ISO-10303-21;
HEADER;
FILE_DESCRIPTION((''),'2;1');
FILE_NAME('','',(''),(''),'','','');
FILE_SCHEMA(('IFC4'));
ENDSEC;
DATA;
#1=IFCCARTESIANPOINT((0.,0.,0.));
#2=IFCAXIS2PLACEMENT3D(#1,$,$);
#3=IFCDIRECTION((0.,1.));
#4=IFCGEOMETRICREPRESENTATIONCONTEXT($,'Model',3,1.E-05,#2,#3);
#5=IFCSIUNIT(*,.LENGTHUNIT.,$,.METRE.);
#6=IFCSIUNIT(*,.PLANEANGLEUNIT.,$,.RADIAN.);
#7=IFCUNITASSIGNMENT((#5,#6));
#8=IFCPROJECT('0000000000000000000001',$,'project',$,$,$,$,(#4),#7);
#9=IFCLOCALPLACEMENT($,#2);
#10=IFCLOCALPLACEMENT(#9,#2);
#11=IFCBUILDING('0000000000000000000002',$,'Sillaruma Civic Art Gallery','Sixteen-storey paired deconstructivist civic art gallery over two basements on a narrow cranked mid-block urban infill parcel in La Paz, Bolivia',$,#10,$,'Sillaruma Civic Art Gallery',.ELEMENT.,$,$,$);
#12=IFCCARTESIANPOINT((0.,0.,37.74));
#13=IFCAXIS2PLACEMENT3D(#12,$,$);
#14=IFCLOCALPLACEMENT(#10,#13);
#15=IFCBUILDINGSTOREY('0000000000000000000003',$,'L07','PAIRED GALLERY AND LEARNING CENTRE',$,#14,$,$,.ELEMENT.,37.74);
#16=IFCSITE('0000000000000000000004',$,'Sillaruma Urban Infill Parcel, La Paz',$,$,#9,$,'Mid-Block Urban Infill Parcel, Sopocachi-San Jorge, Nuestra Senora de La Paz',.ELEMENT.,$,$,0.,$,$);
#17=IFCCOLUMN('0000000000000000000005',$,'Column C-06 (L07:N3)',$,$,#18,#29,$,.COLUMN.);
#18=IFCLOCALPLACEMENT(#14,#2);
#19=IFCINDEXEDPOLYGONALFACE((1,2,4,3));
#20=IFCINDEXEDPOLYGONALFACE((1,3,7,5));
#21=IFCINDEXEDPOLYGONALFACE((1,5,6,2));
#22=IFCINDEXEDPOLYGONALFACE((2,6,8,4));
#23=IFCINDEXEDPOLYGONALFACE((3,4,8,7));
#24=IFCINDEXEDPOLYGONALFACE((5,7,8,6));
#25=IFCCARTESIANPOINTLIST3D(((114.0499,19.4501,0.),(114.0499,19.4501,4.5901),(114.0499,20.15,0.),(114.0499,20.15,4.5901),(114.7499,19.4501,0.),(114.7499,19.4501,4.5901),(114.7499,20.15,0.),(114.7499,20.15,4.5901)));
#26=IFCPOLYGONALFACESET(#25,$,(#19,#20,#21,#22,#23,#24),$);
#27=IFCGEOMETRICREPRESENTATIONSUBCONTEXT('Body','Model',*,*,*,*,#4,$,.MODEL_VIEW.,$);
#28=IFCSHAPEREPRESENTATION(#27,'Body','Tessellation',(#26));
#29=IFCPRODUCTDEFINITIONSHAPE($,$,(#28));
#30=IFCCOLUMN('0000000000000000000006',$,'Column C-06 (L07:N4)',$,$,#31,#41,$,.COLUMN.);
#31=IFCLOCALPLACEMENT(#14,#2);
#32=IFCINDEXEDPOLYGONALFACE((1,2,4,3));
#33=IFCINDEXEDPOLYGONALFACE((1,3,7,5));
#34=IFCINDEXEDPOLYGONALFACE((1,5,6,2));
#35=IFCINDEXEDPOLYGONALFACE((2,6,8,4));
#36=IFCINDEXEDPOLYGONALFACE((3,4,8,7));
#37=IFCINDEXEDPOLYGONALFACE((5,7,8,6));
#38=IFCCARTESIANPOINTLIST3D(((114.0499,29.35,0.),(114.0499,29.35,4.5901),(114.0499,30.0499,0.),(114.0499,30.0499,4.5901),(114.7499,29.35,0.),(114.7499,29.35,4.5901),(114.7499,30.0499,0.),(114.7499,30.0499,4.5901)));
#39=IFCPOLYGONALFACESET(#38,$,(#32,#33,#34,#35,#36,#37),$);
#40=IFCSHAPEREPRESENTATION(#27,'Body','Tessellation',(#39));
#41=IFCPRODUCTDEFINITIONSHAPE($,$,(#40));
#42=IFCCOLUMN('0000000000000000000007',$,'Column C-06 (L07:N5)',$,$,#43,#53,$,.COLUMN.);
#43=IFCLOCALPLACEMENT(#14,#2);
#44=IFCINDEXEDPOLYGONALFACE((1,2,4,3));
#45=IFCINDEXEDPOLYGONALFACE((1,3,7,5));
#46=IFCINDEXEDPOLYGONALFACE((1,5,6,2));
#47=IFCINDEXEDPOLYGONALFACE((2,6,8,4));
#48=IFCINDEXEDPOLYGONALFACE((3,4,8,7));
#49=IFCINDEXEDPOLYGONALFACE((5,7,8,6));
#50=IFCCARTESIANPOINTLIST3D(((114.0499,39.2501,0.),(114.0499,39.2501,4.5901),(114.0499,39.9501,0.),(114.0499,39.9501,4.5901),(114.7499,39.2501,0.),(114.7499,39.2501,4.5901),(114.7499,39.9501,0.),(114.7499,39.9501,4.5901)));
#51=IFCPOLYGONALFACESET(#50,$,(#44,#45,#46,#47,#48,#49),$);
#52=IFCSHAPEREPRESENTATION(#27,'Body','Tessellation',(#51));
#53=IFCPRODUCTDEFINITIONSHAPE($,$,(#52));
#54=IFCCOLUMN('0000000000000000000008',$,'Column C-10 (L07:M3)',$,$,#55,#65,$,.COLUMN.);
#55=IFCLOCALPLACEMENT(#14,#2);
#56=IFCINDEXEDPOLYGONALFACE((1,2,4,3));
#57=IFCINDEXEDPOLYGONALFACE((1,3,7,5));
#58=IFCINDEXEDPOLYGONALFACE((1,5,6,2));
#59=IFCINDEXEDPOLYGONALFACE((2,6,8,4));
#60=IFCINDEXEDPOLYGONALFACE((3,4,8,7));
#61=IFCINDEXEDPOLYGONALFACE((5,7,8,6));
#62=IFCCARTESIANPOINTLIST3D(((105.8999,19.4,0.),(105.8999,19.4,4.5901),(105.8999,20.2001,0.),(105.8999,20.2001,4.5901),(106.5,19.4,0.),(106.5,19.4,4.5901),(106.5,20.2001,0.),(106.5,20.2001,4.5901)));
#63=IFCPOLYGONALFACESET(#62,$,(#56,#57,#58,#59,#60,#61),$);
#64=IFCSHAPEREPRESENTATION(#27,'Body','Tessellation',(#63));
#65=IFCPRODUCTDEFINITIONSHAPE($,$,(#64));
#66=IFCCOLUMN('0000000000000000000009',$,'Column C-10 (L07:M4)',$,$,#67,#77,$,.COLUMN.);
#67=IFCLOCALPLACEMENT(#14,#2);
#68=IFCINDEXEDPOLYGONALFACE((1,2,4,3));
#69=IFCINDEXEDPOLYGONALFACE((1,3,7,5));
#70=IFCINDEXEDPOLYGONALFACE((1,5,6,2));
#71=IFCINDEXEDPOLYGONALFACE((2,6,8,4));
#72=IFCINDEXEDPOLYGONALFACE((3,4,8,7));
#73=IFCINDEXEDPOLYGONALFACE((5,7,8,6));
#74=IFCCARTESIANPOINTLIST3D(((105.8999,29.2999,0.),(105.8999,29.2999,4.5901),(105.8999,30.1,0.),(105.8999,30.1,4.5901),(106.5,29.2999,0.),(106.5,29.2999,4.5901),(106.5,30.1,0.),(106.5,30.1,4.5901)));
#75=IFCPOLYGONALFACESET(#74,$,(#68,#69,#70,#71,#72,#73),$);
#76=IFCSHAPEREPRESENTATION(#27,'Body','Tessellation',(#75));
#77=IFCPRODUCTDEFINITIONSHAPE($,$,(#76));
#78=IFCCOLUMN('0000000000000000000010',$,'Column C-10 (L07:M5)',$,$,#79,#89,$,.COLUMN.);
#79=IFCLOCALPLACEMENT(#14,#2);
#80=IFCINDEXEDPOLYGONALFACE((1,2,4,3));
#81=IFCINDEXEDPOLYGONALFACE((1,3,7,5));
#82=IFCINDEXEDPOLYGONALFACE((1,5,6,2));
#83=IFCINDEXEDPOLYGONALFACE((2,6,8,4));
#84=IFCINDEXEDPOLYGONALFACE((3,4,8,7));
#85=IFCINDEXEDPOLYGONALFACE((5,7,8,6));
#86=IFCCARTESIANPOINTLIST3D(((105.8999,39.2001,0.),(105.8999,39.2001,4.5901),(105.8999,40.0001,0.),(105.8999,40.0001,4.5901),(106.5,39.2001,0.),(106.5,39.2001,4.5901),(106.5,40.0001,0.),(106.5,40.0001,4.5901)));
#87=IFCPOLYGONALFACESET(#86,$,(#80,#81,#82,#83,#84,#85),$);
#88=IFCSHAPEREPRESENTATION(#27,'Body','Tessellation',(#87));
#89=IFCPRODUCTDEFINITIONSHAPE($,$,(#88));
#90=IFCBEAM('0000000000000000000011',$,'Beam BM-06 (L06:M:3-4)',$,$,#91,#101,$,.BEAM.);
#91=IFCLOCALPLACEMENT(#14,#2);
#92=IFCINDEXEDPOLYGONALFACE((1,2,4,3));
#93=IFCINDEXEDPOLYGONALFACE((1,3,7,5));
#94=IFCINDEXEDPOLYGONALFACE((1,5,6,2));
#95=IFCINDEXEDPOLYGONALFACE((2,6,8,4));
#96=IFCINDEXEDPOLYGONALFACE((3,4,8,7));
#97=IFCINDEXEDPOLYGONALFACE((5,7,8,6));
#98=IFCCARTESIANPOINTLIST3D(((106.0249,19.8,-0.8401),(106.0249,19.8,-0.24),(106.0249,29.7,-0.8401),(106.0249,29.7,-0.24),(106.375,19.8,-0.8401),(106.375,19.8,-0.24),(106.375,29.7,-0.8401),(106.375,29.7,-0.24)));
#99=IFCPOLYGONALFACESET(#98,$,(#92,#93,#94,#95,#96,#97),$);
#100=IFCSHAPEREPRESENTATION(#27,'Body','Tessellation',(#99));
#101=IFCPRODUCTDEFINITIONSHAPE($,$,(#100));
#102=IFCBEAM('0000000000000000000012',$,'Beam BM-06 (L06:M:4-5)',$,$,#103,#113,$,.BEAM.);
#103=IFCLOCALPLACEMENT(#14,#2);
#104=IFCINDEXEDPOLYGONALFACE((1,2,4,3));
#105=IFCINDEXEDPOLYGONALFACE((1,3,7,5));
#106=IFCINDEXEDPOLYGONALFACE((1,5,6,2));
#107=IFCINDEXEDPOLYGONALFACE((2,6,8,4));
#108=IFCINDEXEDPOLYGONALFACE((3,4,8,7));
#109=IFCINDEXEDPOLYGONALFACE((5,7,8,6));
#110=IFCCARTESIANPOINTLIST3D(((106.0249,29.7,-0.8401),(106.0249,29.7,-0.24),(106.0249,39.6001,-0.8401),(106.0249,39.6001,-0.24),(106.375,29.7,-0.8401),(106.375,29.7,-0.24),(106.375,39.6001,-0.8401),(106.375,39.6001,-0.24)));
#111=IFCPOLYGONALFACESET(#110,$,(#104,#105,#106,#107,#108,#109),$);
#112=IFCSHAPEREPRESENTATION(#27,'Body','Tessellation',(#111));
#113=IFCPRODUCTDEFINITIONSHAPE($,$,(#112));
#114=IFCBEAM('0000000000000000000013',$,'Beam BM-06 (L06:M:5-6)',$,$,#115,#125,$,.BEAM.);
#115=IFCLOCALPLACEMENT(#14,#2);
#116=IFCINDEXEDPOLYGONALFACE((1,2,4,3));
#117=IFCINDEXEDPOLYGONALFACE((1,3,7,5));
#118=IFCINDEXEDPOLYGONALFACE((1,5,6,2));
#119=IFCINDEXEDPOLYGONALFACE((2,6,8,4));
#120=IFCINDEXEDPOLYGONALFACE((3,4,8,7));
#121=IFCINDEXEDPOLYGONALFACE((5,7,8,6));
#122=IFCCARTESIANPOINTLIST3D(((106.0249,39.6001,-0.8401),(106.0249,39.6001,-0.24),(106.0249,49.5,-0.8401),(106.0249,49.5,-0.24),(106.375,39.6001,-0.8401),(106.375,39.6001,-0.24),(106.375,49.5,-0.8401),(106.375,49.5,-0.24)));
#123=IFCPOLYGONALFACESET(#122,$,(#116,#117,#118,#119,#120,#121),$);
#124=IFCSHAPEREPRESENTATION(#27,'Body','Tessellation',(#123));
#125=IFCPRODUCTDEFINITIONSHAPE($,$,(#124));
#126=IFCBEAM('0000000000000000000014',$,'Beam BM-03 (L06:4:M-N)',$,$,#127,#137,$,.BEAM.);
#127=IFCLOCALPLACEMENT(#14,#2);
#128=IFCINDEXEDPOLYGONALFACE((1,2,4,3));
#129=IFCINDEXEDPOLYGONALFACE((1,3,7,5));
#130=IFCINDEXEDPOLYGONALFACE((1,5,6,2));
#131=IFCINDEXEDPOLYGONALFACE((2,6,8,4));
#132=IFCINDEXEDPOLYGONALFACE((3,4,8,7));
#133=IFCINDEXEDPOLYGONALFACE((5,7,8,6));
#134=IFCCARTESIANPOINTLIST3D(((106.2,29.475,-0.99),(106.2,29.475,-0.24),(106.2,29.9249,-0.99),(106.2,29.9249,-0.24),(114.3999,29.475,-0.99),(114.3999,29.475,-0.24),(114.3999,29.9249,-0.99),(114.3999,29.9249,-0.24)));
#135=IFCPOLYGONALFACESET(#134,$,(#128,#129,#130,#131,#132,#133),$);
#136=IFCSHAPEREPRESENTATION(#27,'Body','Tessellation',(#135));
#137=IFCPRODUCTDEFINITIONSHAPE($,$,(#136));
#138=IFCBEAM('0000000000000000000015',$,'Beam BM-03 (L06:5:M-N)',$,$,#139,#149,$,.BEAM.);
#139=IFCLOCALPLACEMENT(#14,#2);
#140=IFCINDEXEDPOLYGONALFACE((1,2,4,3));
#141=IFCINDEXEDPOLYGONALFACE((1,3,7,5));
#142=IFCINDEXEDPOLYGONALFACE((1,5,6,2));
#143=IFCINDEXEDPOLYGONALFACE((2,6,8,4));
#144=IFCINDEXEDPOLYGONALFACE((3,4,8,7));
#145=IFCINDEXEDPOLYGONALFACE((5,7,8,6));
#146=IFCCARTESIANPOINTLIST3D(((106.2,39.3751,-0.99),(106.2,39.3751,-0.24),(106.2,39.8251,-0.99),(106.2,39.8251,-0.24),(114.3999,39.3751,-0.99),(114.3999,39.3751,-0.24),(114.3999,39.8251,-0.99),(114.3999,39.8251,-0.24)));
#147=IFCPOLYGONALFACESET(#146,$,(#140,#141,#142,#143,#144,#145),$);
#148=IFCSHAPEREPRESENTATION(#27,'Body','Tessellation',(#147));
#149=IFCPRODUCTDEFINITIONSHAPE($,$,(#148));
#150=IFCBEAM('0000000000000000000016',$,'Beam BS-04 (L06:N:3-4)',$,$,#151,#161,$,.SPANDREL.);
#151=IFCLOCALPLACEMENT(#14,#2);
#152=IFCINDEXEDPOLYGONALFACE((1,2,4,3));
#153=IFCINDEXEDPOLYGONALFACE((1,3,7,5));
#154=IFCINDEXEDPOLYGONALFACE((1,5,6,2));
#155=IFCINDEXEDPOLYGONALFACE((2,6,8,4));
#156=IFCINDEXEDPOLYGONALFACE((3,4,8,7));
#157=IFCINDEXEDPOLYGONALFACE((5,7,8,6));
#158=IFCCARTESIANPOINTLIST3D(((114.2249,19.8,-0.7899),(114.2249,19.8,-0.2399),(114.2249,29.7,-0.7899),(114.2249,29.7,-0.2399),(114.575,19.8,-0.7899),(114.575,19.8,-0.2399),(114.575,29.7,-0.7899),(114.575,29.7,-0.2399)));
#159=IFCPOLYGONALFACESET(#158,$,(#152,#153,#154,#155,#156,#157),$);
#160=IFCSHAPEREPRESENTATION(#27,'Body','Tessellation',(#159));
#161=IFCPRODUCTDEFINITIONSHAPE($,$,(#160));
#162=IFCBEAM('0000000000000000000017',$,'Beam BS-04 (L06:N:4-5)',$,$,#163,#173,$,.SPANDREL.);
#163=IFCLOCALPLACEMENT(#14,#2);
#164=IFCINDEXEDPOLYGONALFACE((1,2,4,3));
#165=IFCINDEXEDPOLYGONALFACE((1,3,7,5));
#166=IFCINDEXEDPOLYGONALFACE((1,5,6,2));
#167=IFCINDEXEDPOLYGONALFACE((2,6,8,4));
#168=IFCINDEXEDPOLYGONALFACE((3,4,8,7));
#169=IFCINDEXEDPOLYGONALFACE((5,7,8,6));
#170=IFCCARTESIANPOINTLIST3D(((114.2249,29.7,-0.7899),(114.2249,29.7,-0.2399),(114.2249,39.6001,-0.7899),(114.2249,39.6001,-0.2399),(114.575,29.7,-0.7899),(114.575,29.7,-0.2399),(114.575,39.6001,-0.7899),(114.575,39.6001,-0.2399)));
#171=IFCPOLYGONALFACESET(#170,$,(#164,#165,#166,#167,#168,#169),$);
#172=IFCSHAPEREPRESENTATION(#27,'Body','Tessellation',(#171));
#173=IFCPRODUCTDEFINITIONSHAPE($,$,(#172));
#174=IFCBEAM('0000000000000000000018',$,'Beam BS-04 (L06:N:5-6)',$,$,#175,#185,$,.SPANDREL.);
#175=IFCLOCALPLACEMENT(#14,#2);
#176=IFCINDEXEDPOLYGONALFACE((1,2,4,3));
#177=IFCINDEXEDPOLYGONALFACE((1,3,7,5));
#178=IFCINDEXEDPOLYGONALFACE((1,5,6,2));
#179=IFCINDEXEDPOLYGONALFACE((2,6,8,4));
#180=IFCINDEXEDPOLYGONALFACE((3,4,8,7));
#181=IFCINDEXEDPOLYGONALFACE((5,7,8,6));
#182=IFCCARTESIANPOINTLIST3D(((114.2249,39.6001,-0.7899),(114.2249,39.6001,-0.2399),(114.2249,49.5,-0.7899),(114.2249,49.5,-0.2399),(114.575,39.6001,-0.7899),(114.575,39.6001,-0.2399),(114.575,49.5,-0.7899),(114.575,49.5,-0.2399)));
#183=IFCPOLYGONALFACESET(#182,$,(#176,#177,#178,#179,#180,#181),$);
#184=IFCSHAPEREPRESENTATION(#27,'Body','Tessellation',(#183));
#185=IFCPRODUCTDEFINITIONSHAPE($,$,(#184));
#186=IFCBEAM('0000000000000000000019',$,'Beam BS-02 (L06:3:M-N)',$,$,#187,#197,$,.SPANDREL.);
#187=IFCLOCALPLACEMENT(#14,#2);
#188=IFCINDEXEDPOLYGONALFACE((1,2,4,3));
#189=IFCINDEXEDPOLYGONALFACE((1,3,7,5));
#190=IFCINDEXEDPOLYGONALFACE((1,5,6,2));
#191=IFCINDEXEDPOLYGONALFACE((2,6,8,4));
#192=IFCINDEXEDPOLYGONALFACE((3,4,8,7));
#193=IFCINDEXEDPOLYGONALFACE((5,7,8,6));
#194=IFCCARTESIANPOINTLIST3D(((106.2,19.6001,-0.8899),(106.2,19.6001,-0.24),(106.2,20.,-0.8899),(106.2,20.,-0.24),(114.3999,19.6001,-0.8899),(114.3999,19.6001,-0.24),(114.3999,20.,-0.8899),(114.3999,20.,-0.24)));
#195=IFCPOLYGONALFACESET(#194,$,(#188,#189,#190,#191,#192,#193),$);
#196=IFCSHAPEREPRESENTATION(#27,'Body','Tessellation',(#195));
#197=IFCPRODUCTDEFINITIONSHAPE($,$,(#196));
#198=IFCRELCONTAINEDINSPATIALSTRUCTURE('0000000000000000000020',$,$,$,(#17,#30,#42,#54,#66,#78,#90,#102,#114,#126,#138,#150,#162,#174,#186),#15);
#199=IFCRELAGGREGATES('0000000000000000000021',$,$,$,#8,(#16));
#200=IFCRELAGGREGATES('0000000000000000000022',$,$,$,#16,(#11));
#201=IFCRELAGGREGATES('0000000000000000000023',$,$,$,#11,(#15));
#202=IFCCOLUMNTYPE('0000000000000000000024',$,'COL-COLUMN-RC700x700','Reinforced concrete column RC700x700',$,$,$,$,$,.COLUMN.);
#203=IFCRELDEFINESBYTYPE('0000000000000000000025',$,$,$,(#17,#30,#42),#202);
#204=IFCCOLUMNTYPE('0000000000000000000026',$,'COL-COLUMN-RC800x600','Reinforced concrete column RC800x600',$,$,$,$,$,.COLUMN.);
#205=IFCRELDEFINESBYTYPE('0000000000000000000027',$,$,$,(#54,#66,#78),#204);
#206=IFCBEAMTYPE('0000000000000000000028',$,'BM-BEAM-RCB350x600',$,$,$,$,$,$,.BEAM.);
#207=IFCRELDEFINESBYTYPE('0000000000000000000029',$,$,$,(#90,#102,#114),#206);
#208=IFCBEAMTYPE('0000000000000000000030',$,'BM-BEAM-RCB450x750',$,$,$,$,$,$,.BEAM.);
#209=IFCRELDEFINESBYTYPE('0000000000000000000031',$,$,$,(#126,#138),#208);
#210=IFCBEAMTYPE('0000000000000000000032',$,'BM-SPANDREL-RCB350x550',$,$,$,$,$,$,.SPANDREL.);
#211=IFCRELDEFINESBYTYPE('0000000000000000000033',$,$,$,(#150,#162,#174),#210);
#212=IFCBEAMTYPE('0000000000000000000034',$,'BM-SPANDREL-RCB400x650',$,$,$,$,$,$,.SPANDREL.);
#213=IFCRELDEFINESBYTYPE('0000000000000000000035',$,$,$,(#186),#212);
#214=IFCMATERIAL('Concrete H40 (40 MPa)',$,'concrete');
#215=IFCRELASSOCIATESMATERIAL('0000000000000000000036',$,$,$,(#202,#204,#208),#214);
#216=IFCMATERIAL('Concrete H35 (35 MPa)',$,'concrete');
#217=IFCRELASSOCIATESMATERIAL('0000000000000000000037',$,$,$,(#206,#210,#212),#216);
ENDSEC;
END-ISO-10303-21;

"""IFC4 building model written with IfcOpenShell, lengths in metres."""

from ifc_helpers import new_model, si_unit, direction, frame, origin, origin_2d, place, context, subcontext, project, spatial, rectangle, extrude, material, material_profile, profile_set, type_object, element, save


model = new_model("IFC4")

# Units and contexts
model_context = context("Model", 3, precision=1e-05, world=origin(), true_north=direction((0.0, 1.0)))
body_context = subcontext(model_context, "Body", "Model", "MODEL_VIEW")
ifc_project = project(units=[si_unit("LENGTHUNIT", "METRE"), si_unit("PLANEANGLEUNIT", "RADIAN")], contexts=[model_context])

# Site, building, storey
site_placement = place(None, origin())
site = spatial("IfcSite", under=ifc_project, at=site_placement, Name="Sillaruma Urban Infill Parcel, La Paz", LongName="Mid-Block Urban Infill Parcel, Sopocachi-San Jorge, Nuestra Senora de La Paz", CompositionType="ELEMENT", RefElevation=0.0)
building_placement = place(site_placement, origin())
building = spatial("IfcBuilding", under=site, at=building_placement, Name="Sillaruma Civic Art Gallery", Description="Sixteen-storey paired deconstructivist civic art gallery over two basements on a narrow cranked mid-block urban infill parcel in La Paz, Bolivia", LongName="Sillaruma Civic Art Gallery", CompositionType="ELEMENT")
storey_placement = place(building_placement, frame((0.0, 0.0, 37.74)))
storey = spatial("IfcBuildingStorey", under=building, at=storey_placement, Name="L07", Description="PAIRED GALLERY AND LEARNING CENTRE", CompositionType="ELEMENT", Elevation=37.74)

# Columns
ifc_material_1 = material(Name="Concrete H40 (40 MPa)", Category="concrete")
ifc_material_profile_1 = material_profile(ifc_material_1, rectangle(XDim=0.7, YDim=0.7, at=origin_2d()), Name="RC700x700")
ifc_profile_set_1 = profile_set([ifc_material_profile_1], Name="Concrete H40 (40 MPa)")
column_type_1 = type_object("IfcColumnType", Name="COL-COLUMN-RC700x700", Description="Reinforced concrete column RC700x700", PredefinedType="COLUMN", material=ifc_profile_set_1)
for number, where, z_axis, x_axis, name in (
    (1, (114.3999, 19.8, 0.0), (0.0, 0.0, 1.0), (1.0, 0.0, 0.0), "Column C-06 (L07:N3)"),
    (2, (114.3999, 29.7, 0.0), (0.0, 0.0, 1.0), (1.0, 0.0, 0.0), "Column C-06 (L07:N4)"),
    (3, (114.3999, 39.6001, 0.0), (0.0, 0.0, 1.0), (1.0, 0.0, 0.0), "Column C-06 (L07:N5)"),
):
    element("IfcColumn", number, at=place(storey_placement, frame(where, z_axis=z_axis, x_axis=x_axis)), inside=storey, type_object=column_type_1, Name=name, PredefinedType="COLUMN", context=body_context, shape_type="SweptSolid", body=[
        extrude(rectangle(XDim=0.7, YDim=0.7, at=origin_2d()), origin(), (0.0, 0.0, 1.0), 4.5901),
    ])
ifc_material_profile_2 = material_profile(ifc_material_1, rectangle(XDim=0.6001, YDim=0.8, at=origin_2d()), Name="RC800x600")
ifc_profile_set_2 = profile_set([ifc_material_profile_2], Name="Concrete H40 (40 MPa)")
column_type_2 = type_object("IfcColumnType", Name="COL-COLUMN-RC800x600", Description="Reinforced concrete column RC800x600", PredefinedType="COLUMN", material=ifc_profile_set_2)
for number, where, z_axis, x_axis, name in (
    (4, (106.2, 19.8, 0.0), (0.0, 0.0, 1.0), (1.0, 0.0, 0.0), "Column C-10 (L07:M3)"),
    (5, (106.2, 29.7, 0.0), (0.0, 0.0, 1.0), (1.0, 0.0, 0.0), "Column C-10 (L07:M4)"),
    (6, (106.2, 39.6001, 0.0), (0.0, 0.0, 1.0), (1.0, 0.0, 0.0), "Column C-10 (L07:M5)"),
):
    element("IfcColumn", number, at=place(storey_placement, frame(where, z_axis=z_axis, x_axis=x_axis)), inside=storey, type_object=column_type_2, Name=name, PredefinedType="COLUMN", context=body_context, shape_type="SweptSolid", body=[
        extrude(rectangle(XDim=0.6001, YDim=0.8, at=origin_2d()), origin(), (0.0, 0.0, 1.0), 4.5901),
    ])

# Beams
ifc_material_2 = material(Name="Concrete H35 (35 MPa)", Category="concrete")
ifc_material_profile_3 = material_profile(ifc_material_2, rectangle(XDim=0.3501, YDim=0.6001, at=origin_2d()), Name="RCB350x600")
ifc_profile_set_3 = profile_set([ifc_material_profile_3], Name="Concrete H35 (35 MPa)")
beam_type_1 = type_object("IfcBeamType", Name="BM-BEAM-RCB350x600", PredefinedType="BEAM", material=ifc_profile_set_3)
beam_1_placement = place(storey_placement, frame((106.2, 19.8, -0.54), z_axis=(0.0, 1.0, 0.0), x_axis=(-1.0, 0.0, 0.0)))
element("IfcBeam", 7, at=beam_1_placement, inside=storey, type_object=beam_type_1, Name="Beam BM-06 (L06:M:3-4)", PredefinedType="BEAM", context=body_context, shape_type="SweptSolid", body=[
    extrude(rectangle(XDim=0.3501, YDim=0.6001, at=origin_2d()), origin(), (0.0, 0.0, 1.0), 9.8999),
])
beam_2_placement = place(storey_placement, frame((106.2, 29.7, -0.54), z_axis=(0.0, 1.0, 0.0), x_axis=(-1.0, 0.0, 0.0)))
element("IfcBeam", 8, at=beam_2_placement, inside=storey, type_object=beam_type_1, Name="Beam BM-06 (L06:M:4-5)", PredefinedType="BEAM", context=body_context, shape_type="SweptSolid", body=[
    extrude(rectangle(XDim=0.3501, YDim=0.6001, at=origin_2d()), origin(), (0.0, 0.0, 1.0), 9.9001),
])
beam_3_placement = place(storey_placement, frame((106.2, 39.6001, -0.54), z_axis=(0.0, 1.0, 0.0), x_axis=(-1.0, 0.0, 0.0)))
element("IfcBeam", 9, at=beam_3_placement, inside=storey, type_object=beam_type_1, Name="Beam BM-06 (L06:M:5-6)", PredefinedType="BEAM", context=body_context, shape_type="SweptSolid", body=[
    extrude(rectangle(XDim=0.3501, YDim=0.6001, at=origin_2d()), origin(), (0.0, 0.0, 1.0), 9.8999),
])
ifc_material_profile_4 = material_profile(ifc_material_1, rectangle(XDim=0.45, YDim=0.75, at=origin_2d()), Name="RCB450x750")
ifc_profile_set_4 = profile_set([ifc_material_profile_4], Name="Concrete H40 (40 MPa)")
beam_type_2 = type_object("IfcBeamType", Name="BM-BEAM-RCB450x750", PredefinedType="BEAM", material=ifc_profile_set_4)
for number, where, z_axis, x_axis, name in (
    (10, (106.2, 29.7, -0.615), (1.0, 0.0, 0.0), (0.0, 1.0, 0.0), "Beam BM-03 (L06:4:M-N)"),
    (11, (106.2, 39.6001, -0.615), (1.0, 0.0, 0.0), (0.0, 1.0, 0.0), "Beam BM-03 (L06:5:M-N)"),
):
    element("IfcBeam", number, at=place(storey_placement, frame(where, z_axis=z_axis, x_axis=x_axis)), inside=storey, type_object=beam_type_2, Name=name, PredefinedType="BEAM", context=body_context, shape_type="SweptSolid", body=[
        extrude(rectangle(XDim=0.45, YDim=0.75, at=origin_2d()), origin(), (0.0, 0.0, 1.0), 8.2),
    ])
ifc_material_profile_5 = material_profile(ifc_material_2, rectangle(XDim=0.3501, YDim=0.55, at=origin_2d()), Name="RCB350x550")
ifc_profile_set_5 = profile_set([ifc_material_profile_5], Name="Concrete H35 (35 MPa)")
beam_type_3 = type_object("IfcBeamType", Name="BM-SPANDREL-RCB350x550", PredefinedType="SPANDREL", material=ifc_profile_set_5)
beam_4_placement = place(storey_placement, frame((114.3999, 19.8, -0.5149), z_axis=(0.0, 1.0, 0.0), x_axis=(-1.0, 0.0, 0.0)))
element("IfcBeam", 12, at=beam_4_placement, inside=storey, type_object=beam_type_3, Name="Beam BS-04 (L06:N:3-4)", PredefinedType="SPANDREL", context=body_context, shape_type="SweptSolid", body=[
    extrude(rectangle(XDim=0.3501, YDim=0.55, at=origin_2d()), origin(), (0.0, 0.0, 1.0), 9.8999),
])
beam_5_placement = place(storey_placement, frame((114.3999, 29.7, -0.5149), z_axis=(0.0, 1.0, 0.0), x_axis=(-1.0, 0.0, 0.0)))
element("IfcBeam", 13, at=beam_5_placement, inside=storey, type_object=beam_type_3, Name="Beam BS-04 (L06:N:4-5)", PredefinedType="SPANDREL", context=body_context, shape_type="SweptSolid", body=[
    extrude(rectangle(XDim=0.3501, YDim=0.55, at=origin_2d()), origin(), (0.0, 0.0, 1.0), 9.9001),
])
beam_6_placement = place(storey_placement, frame((114.3999, 39.6001, -0.5149), z_axis=(0.0, 1.0, 0.0), x_axis=(-1.0, 0.0, 0.0)))
element("IfcBeam", 14, at=beam_6_placement, inside=storey, type_object=beam_type_3, Name="Beam BS-04 (L06:N:5-6)", PredefinedType="SPANDREL", context=body_context, shape_type="SweptSolid", body=[
    extrude(rectangle(XDim=0.3501, YDim=0.55, at=origin_2d()), origin(), (0.0, 0.0, 1.0), 9.8999),
])
ifc_material_profile_6 = material_profile(ifc_material_2, rectangle(XDim=0.3999, YDim=0.6499, at=origin_2d()), Name="RCB400x650")
ifc_profile_set_6 = profile_set([ifc_material_profile_6], Name="Concrete H35 (35 MPa)")
beam_type_4 = type_object("IfcBeamType", Name="BM-SPANDREL-RCB400x650", PredefinedType="SPANDREL", material=ifc_profile_set_6)
beam_7_placement = place(storey_placement, frame((106.2, 19.8, -0.5649), z_axis=(1.0, 0.0, 0.0), x_axis=(0.0, 1.0, 0.0)))
element("IfcBeam", 15, at=beam_7_placement, inside=storey, type_object=beam_type_4, Name="Beam BS-02 (L06:3:M-N)", PredefinedType="SPANDREL", context=body_context, shape_type="SweptSolid", body=[
    extrude(rectangle(XDim=0.3999, YDim=0.6499, at=origin_2d()), origin(), (0.0, 0.0, 1.0), 8.2),
])

save(model, "model.ifc")
